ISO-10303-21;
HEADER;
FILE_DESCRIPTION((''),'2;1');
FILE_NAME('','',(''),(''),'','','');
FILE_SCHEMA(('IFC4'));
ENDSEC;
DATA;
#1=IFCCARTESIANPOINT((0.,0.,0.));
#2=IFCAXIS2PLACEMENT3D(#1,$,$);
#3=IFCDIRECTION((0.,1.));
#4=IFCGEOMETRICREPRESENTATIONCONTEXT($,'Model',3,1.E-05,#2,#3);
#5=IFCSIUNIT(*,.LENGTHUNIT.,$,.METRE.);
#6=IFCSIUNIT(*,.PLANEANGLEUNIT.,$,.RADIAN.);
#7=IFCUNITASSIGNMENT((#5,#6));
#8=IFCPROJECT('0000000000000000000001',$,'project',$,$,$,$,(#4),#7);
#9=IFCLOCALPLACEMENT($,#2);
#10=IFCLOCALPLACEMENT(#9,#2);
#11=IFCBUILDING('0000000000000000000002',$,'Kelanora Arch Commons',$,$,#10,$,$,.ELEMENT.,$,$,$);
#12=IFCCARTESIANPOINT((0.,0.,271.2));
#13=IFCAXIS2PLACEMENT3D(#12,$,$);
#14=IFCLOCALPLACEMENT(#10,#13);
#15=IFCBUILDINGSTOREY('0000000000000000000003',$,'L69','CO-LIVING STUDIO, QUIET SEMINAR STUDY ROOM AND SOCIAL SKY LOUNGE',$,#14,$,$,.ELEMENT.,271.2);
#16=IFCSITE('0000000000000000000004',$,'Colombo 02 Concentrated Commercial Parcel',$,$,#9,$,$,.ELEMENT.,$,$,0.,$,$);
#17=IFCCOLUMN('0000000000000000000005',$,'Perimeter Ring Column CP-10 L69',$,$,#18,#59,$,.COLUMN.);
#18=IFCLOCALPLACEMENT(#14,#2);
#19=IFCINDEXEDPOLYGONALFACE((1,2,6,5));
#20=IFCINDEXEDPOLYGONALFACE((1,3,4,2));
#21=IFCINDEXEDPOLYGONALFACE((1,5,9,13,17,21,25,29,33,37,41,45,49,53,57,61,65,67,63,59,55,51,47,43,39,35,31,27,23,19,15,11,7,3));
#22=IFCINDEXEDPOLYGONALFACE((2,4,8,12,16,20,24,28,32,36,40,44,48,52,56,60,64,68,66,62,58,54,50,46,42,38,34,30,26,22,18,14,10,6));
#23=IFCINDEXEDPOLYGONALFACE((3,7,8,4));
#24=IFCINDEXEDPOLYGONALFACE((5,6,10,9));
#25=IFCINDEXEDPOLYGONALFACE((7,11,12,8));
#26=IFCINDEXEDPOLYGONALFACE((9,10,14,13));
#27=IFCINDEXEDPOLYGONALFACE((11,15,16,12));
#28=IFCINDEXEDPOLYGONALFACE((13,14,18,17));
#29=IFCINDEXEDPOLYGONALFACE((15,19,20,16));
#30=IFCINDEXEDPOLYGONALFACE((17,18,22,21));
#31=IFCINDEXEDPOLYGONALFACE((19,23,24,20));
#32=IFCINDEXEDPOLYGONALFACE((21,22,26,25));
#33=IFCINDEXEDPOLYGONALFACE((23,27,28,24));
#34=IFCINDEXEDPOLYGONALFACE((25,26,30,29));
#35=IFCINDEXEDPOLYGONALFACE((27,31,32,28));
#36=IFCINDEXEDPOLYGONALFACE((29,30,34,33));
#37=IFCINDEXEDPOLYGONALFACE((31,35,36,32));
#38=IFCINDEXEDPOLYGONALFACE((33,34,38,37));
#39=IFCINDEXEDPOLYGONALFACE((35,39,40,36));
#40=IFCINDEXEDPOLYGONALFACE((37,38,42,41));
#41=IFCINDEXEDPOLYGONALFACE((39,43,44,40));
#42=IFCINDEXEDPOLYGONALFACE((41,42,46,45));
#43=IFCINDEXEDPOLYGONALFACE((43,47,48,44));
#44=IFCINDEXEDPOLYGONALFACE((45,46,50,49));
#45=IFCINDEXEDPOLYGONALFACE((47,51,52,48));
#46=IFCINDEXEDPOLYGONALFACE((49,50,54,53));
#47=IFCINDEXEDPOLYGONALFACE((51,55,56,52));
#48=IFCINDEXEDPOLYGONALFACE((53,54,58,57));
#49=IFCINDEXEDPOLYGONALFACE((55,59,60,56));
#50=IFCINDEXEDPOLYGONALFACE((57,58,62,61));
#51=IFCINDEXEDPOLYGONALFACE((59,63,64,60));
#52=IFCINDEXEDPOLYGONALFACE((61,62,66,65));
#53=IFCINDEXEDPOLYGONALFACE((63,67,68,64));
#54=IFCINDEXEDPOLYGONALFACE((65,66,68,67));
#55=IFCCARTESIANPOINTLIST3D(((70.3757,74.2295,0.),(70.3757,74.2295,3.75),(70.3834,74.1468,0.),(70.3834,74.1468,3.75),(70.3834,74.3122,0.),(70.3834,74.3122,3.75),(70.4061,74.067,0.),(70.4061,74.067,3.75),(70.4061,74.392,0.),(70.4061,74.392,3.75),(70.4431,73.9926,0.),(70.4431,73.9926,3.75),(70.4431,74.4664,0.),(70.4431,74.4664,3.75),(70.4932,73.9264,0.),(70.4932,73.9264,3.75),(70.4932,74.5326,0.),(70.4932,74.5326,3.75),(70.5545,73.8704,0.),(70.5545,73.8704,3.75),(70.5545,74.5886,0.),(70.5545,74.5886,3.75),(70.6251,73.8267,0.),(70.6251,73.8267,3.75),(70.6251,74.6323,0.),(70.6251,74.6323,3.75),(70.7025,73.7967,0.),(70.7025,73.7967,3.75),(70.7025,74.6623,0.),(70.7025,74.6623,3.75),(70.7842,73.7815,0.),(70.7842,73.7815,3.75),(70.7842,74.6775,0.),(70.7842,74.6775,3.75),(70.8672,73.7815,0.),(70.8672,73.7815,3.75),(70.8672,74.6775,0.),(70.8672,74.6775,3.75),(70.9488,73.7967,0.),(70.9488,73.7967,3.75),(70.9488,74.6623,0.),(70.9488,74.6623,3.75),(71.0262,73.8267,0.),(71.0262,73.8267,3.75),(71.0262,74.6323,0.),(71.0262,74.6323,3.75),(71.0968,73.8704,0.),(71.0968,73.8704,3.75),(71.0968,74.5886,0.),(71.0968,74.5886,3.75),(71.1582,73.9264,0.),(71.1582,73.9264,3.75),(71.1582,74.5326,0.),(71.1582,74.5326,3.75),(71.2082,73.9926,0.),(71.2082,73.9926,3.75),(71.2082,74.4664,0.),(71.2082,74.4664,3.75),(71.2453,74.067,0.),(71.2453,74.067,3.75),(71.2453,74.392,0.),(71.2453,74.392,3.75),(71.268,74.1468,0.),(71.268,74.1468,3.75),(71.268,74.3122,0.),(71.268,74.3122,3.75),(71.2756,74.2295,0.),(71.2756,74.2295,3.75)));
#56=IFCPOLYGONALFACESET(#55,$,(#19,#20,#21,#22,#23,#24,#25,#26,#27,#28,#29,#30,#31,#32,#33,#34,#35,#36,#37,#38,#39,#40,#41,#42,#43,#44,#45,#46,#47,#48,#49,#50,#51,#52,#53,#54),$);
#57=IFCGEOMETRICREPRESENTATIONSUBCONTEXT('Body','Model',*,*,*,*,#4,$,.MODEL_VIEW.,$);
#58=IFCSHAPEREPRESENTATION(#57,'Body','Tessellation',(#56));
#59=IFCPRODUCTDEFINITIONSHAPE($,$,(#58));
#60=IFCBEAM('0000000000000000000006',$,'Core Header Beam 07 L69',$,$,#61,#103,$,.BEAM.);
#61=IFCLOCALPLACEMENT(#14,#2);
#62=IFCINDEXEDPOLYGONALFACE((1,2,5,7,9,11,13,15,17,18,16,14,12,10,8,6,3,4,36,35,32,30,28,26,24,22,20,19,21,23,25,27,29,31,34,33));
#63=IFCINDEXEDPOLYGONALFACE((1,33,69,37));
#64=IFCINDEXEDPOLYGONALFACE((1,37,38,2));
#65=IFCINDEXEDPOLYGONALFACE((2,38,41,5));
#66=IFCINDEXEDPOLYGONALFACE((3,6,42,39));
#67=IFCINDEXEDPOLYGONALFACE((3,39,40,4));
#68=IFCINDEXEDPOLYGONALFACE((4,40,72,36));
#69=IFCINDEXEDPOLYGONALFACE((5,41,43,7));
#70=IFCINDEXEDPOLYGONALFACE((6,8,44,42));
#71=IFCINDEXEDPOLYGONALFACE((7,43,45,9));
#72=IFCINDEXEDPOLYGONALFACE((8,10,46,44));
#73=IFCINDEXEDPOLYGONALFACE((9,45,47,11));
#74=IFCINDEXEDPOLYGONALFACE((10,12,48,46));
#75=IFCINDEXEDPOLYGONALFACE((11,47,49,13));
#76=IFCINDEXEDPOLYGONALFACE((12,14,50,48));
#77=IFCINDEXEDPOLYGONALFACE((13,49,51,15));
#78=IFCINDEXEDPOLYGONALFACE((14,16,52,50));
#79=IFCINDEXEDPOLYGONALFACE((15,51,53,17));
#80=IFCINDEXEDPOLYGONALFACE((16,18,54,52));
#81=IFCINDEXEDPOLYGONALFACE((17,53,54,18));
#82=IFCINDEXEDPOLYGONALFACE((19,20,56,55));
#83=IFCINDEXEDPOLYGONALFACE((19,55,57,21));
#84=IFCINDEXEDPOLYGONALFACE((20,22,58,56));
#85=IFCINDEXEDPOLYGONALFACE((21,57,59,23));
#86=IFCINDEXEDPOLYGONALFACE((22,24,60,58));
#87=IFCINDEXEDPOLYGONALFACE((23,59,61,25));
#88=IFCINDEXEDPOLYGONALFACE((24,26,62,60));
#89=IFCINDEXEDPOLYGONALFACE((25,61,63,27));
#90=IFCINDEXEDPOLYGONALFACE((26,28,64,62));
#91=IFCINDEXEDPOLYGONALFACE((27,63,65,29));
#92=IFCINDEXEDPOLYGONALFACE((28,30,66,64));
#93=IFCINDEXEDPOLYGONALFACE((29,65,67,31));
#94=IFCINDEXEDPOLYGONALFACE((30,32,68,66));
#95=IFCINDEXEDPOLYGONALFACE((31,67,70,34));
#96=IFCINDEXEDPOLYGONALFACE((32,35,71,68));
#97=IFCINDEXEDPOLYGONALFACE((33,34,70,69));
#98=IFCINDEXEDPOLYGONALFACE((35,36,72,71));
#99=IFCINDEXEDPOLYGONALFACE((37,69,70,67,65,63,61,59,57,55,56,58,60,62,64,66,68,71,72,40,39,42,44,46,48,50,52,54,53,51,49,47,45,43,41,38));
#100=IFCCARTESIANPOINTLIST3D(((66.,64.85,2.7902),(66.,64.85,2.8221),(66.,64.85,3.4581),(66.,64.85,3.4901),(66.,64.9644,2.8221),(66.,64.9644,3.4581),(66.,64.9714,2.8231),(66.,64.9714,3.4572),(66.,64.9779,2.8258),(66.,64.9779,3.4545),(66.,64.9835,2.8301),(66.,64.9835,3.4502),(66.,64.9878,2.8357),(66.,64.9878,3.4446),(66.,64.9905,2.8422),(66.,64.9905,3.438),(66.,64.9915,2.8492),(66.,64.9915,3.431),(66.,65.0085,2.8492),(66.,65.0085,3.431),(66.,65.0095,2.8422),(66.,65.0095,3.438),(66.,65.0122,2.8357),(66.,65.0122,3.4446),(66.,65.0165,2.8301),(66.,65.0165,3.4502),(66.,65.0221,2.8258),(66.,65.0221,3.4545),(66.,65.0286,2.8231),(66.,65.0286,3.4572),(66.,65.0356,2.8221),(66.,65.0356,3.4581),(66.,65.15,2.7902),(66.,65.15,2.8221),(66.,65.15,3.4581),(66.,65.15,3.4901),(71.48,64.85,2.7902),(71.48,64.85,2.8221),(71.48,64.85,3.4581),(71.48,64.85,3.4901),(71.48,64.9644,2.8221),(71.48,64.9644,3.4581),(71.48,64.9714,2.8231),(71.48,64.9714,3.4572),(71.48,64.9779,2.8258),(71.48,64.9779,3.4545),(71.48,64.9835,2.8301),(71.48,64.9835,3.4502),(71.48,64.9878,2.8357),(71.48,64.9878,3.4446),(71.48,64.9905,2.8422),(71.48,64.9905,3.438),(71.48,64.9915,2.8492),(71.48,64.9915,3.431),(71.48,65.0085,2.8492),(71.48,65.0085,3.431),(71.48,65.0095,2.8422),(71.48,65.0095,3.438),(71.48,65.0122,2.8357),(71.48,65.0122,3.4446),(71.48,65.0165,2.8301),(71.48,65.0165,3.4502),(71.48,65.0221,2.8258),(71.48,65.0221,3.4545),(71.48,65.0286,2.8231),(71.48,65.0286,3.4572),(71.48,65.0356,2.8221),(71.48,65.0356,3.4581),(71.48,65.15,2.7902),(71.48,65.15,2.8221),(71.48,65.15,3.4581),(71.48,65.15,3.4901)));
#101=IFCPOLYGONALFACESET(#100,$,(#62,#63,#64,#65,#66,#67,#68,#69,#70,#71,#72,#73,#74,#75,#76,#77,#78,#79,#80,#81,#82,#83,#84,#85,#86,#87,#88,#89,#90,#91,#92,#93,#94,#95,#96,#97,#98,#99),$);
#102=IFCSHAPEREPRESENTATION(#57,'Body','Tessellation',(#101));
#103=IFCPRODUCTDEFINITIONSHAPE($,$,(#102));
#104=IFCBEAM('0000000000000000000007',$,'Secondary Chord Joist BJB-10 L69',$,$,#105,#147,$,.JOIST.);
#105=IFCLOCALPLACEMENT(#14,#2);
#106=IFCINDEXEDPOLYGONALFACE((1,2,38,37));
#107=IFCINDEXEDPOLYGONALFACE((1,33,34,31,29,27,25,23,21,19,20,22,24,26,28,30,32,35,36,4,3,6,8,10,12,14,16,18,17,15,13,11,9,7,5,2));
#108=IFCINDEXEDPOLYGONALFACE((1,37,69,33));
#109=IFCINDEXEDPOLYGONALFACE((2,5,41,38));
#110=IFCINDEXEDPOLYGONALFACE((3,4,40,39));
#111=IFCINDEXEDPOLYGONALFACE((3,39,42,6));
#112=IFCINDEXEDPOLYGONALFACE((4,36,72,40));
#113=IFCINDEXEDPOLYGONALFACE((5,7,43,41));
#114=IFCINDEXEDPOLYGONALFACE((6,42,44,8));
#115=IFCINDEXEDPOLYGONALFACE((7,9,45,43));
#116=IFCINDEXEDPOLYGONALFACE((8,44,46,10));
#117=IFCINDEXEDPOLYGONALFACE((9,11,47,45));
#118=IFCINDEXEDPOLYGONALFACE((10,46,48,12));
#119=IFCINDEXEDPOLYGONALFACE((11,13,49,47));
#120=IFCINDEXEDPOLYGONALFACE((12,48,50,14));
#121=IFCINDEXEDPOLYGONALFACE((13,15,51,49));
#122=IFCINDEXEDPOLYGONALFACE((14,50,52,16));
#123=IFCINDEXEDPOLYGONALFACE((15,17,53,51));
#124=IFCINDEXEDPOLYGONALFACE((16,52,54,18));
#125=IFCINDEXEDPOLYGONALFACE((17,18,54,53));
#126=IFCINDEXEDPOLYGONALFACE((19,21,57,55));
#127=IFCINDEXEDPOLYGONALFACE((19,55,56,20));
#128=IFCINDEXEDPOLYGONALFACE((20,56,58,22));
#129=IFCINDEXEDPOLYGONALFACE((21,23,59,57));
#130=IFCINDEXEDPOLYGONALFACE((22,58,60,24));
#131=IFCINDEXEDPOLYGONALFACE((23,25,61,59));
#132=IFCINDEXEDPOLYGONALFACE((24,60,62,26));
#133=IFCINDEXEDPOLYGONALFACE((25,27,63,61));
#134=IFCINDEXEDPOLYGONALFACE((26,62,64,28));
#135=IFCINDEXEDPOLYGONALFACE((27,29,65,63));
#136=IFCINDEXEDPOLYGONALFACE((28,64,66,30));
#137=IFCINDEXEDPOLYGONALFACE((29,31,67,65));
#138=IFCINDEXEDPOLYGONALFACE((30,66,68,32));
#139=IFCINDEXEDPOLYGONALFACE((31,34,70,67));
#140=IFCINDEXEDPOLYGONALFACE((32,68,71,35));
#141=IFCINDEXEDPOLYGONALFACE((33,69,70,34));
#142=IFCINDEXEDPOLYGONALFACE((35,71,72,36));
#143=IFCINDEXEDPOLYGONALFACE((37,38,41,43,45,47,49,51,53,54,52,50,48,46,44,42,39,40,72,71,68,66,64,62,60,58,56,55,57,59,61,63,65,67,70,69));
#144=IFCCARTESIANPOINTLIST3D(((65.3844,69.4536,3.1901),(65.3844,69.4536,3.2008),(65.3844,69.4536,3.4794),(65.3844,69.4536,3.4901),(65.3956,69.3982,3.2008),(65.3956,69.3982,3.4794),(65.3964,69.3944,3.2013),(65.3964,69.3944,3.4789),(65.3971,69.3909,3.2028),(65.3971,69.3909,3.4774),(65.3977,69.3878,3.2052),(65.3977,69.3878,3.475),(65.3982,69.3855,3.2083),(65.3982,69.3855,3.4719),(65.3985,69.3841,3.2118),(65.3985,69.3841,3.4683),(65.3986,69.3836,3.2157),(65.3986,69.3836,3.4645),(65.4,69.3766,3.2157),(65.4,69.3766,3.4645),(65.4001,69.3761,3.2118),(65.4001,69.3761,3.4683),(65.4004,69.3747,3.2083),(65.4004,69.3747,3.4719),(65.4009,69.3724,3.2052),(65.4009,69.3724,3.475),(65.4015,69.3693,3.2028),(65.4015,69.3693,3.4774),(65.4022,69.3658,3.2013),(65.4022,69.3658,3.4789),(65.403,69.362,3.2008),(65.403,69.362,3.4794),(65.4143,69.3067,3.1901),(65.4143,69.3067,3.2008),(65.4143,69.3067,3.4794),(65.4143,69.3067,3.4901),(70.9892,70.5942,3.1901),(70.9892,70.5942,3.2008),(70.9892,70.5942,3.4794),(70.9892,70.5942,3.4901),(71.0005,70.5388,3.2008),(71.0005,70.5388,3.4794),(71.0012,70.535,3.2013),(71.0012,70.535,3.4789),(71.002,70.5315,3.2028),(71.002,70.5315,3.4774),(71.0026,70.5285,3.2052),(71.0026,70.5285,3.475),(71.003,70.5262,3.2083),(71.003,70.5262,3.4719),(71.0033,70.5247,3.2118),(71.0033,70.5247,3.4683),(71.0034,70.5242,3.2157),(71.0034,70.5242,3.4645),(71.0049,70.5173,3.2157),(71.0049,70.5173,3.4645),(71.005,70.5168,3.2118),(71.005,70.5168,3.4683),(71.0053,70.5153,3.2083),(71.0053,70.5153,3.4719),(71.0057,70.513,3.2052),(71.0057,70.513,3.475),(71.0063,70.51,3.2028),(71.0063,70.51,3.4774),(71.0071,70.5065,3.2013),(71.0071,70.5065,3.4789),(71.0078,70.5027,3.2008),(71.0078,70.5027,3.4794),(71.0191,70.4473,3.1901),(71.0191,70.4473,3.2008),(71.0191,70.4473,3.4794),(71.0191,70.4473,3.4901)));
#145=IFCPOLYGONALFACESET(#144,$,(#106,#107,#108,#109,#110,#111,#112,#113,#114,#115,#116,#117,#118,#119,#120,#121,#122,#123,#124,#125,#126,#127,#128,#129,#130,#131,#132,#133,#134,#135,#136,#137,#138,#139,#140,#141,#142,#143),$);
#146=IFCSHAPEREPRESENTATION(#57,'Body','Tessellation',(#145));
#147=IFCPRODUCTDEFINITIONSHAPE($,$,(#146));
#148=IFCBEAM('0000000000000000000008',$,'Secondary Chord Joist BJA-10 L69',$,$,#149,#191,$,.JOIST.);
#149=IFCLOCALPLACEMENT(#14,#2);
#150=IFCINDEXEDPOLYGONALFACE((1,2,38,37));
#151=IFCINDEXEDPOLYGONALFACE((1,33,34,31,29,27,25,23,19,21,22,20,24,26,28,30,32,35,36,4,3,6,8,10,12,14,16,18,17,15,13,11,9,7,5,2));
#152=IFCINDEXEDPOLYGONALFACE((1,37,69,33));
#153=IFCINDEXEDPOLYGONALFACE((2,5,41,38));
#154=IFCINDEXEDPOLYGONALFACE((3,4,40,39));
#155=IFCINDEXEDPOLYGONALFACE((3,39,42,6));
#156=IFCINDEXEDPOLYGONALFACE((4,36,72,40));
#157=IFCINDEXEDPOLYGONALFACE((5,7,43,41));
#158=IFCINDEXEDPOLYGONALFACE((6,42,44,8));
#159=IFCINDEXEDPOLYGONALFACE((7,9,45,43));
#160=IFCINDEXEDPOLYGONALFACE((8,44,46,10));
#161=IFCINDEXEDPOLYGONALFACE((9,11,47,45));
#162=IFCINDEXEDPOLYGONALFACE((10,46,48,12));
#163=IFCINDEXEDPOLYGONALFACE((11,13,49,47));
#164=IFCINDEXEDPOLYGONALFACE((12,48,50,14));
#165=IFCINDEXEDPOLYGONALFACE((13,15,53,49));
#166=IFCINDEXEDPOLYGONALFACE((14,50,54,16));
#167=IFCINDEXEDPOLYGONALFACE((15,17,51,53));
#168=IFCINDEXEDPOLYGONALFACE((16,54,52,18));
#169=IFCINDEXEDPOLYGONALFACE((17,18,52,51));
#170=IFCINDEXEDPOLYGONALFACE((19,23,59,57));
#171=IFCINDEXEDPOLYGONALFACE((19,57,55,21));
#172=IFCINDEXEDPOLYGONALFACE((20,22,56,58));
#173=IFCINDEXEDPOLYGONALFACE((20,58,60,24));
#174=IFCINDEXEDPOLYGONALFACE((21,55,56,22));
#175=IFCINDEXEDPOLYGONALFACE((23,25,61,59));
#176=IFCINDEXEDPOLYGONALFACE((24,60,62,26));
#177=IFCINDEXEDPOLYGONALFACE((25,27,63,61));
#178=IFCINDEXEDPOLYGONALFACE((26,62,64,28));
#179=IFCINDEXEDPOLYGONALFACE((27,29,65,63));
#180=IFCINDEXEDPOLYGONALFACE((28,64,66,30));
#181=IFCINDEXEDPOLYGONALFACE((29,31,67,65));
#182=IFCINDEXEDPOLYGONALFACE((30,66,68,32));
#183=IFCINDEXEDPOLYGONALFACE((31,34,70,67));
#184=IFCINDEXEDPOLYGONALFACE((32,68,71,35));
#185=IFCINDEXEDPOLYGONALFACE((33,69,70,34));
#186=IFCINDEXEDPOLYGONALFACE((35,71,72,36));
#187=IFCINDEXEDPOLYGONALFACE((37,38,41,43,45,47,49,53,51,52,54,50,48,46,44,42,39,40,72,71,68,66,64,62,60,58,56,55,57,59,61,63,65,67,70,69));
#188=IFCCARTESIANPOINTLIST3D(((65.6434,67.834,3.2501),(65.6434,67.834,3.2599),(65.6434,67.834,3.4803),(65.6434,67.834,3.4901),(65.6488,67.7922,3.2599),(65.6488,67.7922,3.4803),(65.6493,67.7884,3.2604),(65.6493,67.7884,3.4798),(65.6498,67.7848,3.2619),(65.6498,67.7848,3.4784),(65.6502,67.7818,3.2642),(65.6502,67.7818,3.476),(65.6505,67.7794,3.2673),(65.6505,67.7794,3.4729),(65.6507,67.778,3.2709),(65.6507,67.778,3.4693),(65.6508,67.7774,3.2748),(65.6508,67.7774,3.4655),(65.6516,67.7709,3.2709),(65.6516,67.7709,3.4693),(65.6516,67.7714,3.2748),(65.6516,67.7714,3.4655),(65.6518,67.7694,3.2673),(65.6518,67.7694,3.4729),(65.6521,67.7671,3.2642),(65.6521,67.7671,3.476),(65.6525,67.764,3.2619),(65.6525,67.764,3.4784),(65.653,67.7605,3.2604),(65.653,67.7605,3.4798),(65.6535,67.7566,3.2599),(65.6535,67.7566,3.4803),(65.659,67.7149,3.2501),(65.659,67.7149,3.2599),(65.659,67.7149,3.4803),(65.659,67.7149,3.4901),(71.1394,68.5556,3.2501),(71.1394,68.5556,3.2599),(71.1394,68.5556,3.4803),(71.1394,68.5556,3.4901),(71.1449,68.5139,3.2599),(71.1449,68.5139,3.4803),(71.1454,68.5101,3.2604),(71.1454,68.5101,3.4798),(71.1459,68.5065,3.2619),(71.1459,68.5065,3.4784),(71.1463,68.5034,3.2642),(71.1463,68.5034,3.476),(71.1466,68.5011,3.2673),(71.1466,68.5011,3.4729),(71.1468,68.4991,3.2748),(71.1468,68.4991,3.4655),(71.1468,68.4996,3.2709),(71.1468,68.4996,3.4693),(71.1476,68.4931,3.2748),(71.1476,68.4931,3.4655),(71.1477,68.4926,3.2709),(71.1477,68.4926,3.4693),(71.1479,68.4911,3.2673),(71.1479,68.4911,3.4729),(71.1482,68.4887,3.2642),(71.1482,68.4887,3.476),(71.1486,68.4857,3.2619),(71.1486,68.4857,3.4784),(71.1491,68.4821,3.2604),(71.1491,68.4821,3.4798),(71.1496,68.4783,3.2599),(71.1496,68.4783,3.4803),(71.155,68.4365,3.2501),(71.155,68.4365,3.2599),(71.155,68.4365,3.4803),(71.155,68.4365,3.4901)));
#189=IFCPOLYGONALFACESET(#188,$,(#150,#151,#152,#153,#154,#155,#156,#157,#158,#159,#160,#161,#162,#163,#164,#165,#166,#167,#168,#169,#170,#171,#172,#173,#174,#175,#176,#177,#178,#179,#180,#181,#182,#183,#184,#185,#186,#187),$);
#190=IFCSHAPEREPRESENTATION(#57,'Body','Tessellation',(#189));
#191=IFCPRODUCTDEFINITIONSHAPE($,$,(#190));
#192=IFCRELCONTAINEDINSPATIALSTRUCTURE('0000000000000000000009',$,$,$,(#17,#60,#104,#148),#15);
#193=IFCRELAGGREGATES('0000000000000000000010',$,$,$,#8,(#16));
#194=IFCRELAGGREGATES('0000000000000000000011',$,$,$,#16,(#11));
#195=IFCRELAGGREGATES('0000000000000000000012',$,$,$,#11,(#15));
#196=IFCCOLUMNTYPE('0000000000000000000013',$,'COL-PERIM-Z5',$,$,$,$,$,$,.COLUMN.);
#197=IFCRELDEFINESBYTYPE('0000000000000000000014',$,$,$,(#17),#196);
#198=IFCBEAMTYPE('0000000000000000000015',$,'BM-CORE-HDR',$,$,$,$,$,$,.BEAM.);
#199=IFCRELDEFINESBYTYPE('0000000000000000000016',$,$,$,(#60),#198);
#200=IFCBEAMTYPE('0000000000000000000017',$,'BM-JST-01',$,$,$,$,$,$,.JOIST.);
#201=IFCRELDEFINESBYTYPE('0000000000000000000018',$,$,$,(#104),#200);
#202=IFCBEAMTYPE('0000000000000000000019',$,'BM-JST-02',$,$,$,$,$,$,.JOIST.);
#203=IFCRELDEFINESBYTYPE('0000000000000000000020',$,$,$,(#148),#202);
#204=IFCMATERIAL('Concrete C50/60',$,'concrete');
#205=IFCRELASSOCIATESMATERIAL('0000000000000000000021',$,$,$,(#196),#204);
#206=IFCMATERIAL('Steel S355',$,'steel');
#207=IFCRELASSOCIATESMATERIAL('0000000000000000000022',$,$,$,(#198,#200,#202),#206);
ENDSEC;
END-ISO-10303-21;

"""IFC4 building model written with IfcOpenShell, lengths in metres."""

from ifc_helpers import new_model, si_unit, direction, frame, origin, origin_2d, place, context, subcontext, project, spatial, circle, i_section, extrude, material, material_profile, profile_set, type_object, element, save


model = new_model("IFC4")

# Units and contexts
model_context = context("Model", 3, precision=1e-05, world=origin(), true_north=direction((0.0, 1.0)))
body_context = subcontext(model_context, "Body", "Model", "MODEL_VIEW")
ifc_project = project(units=[si_unit("LENGTHUNIT", "METRE"), si_unit("PLANEANGLEUNIT", "RADIAN")], contexts=[model_context])

# Site, building, storey
site_placement = place(None, origin())
site = spatial("IfcSite", under=ifc_project, at=site_placement, Name="Colombo 02 Concentrated Commercial Parcel", CompositionType="ELEMENT", RefElevation=0.0)
building_placement = place(site_placement, origin())
building = spatial("IfcBuilding", under=site, at=building_placement, Name="Kelanora Arch Commons", CompositionType="ELEMENT")
storey_placement = place(building_placement, frame((0.0, 0.0, 271.2)))
storey = spatial("IfcBuildingStorey", under=building, at=storey_placement, Name="L69", Description="CO-LIVING STUDIO, QUIET SEMINAR STUDY ROOM AND SOCIAL SKY LOUNGE", CompositionType="ELEMENT", Elevation=271.2)

# Column
ifc_material_1 = material(Name="Concrete C50/60", Category="concrete")
ifc_material_profile_1 = material_profile(ifc_material_1, circle(Radius=0.45, at=origin_2d()), Name="RCC900")
ifc_profile_set_1 = profile_set([ifc_material_profile_1], Name="Concrete C50/60")
column_type = type_object("IfcColumnType", Name="COL-PERIM-Z5", PredefinedType="COLUMN", material=ifc_profile_set_1)
column_placement = place(storey_placement, frame((70.8257, 74.2295, 0.0), z_axis=(0.0, 0.0, 1.0), x_axis=(1.0, 0.0, 0.0)))
element("IfcColumn", 1, at=column_placement, inside=storey, type_object=column_type, Name="Perimeter Ring Column CP-10 L69", PredefinedType="COLUMN", context=body_context, shape_type="SweptSolid", body=[
    extrude(circle(Radius=0.45, at=origin_2d()), origin(), (0.0, 0.0, 1.0), 3.75),
])

# Beams
ifc_material_2 = material(Name="Steel S355", Category="steel")
ifc_material_profile_2 = material_profile(ifc_material_2, i_section(OverallWidth=0.3, OverallDepth=0.7, WebThickness=0.0171, FlangeThickness=0.032, FilletRadius=0.0271, at=origin_2d()), Name="HEB700")
ifc_profile_set_2 = profile_set([ifc_material_profile_2], Name="Steel S355")
beam_type_1 = type_object("IfcBeamType", Name="BM-CORE-HDR", PredefinedType="BEAM", material=ifc_profile_set_2)
beam_1_placement = place(storey_placement, frame((71.48, 65.0, 3.1401), z_axis=(-1.0, 0.0, 0.0), x_axis=(0.0, -1.0, 0.0)))
element("IfcBeam", 2, at=beam_1_placement, inside=storey, type_object=beam_type_1, Name="Core Header Beam 07 L69", PredefinedType="BEAM", context=body_context, shape_type="SweptSolid", body=[
    extrude(i_section(OverallWidth=0.3, OverallDepth=0.7, WebThickness=0.0171, FlangeThickness=0.032, FilletRadius=0.0271, at=origin_2d()), origin(), (0.0, 0.0, 1.0), 5.48),
])
ifc_material_profile_3 = material_profile(ifc_material_2, i_section(OverallWidth=0.1499, OverallDepth=0.3, WebThickness=0.0071, FlangeThickness=0.0107, FilletRadius=0.0149, at=origin_2d()), Name="IPE300")
ifc_profile_set_3 = profile_set([ifc_material_profile_3], Name="Steel S355")
beam_type_2 = type_object("IfcBeamType", Name="BM-JST-01", PredefinedType="JOIST", material=ifc_profile_set_3)
beam_2_placement = place(storey_placement, frame((71.0042, 70.5208, 3.3401), z_axis=(-0.979913, -0.199423, 0.0), x_axis=(0.199423, -0.979913, 0.0)))
element("IfcBeam", 3, at=beam_2_placement, inside=storey, type_object=beam_type_2, Name="Secondary Chord Joist BJB-10 L69", PredefinedType="JOIST", context=body_context, shape_type="SweptSolid", body=[
    extrude(i_section(OverallWidth=0.1499, OverallDepth=0.3, WebThickness=0.0071, FlangeThickness=0.0107, FilletRadius=0.0149, at=origin_2d()), origin(), (0.0, 0.0, 1.0), 5.7197),
])
ifc_material_profile_4 = material_profile(ifc_material_2, i_section(OverallWidth=0.1201, OverallDepth=0.24, WebThickness=0.0061, FlangeThickness=0.0098, FilletRadius=0.0149, at=origin_2d()), Name="IPE240")
ifc_profile_set_4 = profile_set([ifc_material_profile_4], Name="Steel S355")
beam_type_3 = type_object("IfcBeamType", Name="BM-JST-02", PredefinedType="JOIST", material=ifc_profile_set_4)
beam_3_placement = place(storey_placement, frame((71.1472, 68.4961, 3.3701), z_axis=(-0.991489, -0.13019, 0.0), x_axis=(0.13019, -0.991489, 0.0)))
element("IfcBeam", 4, at=beam_3_placement, inside=storey, type_object=beam_type_3, Name="Secondary Chord Joist BJA-10 L69", PredefinedType="JOIST", context=body_context, shape_type="SweptSolid", body=[
    extrude(i_section(OverallWidth=0.1201, OverallDepth=0.24, WebThickness=0.0061, FlangeThickness=0.0098, FilletRadius=0.0149, at=origin_2d()), origin(), (0.0, 0.0, 1.0), 5.5432),
])

save(model, "model.ifc")
